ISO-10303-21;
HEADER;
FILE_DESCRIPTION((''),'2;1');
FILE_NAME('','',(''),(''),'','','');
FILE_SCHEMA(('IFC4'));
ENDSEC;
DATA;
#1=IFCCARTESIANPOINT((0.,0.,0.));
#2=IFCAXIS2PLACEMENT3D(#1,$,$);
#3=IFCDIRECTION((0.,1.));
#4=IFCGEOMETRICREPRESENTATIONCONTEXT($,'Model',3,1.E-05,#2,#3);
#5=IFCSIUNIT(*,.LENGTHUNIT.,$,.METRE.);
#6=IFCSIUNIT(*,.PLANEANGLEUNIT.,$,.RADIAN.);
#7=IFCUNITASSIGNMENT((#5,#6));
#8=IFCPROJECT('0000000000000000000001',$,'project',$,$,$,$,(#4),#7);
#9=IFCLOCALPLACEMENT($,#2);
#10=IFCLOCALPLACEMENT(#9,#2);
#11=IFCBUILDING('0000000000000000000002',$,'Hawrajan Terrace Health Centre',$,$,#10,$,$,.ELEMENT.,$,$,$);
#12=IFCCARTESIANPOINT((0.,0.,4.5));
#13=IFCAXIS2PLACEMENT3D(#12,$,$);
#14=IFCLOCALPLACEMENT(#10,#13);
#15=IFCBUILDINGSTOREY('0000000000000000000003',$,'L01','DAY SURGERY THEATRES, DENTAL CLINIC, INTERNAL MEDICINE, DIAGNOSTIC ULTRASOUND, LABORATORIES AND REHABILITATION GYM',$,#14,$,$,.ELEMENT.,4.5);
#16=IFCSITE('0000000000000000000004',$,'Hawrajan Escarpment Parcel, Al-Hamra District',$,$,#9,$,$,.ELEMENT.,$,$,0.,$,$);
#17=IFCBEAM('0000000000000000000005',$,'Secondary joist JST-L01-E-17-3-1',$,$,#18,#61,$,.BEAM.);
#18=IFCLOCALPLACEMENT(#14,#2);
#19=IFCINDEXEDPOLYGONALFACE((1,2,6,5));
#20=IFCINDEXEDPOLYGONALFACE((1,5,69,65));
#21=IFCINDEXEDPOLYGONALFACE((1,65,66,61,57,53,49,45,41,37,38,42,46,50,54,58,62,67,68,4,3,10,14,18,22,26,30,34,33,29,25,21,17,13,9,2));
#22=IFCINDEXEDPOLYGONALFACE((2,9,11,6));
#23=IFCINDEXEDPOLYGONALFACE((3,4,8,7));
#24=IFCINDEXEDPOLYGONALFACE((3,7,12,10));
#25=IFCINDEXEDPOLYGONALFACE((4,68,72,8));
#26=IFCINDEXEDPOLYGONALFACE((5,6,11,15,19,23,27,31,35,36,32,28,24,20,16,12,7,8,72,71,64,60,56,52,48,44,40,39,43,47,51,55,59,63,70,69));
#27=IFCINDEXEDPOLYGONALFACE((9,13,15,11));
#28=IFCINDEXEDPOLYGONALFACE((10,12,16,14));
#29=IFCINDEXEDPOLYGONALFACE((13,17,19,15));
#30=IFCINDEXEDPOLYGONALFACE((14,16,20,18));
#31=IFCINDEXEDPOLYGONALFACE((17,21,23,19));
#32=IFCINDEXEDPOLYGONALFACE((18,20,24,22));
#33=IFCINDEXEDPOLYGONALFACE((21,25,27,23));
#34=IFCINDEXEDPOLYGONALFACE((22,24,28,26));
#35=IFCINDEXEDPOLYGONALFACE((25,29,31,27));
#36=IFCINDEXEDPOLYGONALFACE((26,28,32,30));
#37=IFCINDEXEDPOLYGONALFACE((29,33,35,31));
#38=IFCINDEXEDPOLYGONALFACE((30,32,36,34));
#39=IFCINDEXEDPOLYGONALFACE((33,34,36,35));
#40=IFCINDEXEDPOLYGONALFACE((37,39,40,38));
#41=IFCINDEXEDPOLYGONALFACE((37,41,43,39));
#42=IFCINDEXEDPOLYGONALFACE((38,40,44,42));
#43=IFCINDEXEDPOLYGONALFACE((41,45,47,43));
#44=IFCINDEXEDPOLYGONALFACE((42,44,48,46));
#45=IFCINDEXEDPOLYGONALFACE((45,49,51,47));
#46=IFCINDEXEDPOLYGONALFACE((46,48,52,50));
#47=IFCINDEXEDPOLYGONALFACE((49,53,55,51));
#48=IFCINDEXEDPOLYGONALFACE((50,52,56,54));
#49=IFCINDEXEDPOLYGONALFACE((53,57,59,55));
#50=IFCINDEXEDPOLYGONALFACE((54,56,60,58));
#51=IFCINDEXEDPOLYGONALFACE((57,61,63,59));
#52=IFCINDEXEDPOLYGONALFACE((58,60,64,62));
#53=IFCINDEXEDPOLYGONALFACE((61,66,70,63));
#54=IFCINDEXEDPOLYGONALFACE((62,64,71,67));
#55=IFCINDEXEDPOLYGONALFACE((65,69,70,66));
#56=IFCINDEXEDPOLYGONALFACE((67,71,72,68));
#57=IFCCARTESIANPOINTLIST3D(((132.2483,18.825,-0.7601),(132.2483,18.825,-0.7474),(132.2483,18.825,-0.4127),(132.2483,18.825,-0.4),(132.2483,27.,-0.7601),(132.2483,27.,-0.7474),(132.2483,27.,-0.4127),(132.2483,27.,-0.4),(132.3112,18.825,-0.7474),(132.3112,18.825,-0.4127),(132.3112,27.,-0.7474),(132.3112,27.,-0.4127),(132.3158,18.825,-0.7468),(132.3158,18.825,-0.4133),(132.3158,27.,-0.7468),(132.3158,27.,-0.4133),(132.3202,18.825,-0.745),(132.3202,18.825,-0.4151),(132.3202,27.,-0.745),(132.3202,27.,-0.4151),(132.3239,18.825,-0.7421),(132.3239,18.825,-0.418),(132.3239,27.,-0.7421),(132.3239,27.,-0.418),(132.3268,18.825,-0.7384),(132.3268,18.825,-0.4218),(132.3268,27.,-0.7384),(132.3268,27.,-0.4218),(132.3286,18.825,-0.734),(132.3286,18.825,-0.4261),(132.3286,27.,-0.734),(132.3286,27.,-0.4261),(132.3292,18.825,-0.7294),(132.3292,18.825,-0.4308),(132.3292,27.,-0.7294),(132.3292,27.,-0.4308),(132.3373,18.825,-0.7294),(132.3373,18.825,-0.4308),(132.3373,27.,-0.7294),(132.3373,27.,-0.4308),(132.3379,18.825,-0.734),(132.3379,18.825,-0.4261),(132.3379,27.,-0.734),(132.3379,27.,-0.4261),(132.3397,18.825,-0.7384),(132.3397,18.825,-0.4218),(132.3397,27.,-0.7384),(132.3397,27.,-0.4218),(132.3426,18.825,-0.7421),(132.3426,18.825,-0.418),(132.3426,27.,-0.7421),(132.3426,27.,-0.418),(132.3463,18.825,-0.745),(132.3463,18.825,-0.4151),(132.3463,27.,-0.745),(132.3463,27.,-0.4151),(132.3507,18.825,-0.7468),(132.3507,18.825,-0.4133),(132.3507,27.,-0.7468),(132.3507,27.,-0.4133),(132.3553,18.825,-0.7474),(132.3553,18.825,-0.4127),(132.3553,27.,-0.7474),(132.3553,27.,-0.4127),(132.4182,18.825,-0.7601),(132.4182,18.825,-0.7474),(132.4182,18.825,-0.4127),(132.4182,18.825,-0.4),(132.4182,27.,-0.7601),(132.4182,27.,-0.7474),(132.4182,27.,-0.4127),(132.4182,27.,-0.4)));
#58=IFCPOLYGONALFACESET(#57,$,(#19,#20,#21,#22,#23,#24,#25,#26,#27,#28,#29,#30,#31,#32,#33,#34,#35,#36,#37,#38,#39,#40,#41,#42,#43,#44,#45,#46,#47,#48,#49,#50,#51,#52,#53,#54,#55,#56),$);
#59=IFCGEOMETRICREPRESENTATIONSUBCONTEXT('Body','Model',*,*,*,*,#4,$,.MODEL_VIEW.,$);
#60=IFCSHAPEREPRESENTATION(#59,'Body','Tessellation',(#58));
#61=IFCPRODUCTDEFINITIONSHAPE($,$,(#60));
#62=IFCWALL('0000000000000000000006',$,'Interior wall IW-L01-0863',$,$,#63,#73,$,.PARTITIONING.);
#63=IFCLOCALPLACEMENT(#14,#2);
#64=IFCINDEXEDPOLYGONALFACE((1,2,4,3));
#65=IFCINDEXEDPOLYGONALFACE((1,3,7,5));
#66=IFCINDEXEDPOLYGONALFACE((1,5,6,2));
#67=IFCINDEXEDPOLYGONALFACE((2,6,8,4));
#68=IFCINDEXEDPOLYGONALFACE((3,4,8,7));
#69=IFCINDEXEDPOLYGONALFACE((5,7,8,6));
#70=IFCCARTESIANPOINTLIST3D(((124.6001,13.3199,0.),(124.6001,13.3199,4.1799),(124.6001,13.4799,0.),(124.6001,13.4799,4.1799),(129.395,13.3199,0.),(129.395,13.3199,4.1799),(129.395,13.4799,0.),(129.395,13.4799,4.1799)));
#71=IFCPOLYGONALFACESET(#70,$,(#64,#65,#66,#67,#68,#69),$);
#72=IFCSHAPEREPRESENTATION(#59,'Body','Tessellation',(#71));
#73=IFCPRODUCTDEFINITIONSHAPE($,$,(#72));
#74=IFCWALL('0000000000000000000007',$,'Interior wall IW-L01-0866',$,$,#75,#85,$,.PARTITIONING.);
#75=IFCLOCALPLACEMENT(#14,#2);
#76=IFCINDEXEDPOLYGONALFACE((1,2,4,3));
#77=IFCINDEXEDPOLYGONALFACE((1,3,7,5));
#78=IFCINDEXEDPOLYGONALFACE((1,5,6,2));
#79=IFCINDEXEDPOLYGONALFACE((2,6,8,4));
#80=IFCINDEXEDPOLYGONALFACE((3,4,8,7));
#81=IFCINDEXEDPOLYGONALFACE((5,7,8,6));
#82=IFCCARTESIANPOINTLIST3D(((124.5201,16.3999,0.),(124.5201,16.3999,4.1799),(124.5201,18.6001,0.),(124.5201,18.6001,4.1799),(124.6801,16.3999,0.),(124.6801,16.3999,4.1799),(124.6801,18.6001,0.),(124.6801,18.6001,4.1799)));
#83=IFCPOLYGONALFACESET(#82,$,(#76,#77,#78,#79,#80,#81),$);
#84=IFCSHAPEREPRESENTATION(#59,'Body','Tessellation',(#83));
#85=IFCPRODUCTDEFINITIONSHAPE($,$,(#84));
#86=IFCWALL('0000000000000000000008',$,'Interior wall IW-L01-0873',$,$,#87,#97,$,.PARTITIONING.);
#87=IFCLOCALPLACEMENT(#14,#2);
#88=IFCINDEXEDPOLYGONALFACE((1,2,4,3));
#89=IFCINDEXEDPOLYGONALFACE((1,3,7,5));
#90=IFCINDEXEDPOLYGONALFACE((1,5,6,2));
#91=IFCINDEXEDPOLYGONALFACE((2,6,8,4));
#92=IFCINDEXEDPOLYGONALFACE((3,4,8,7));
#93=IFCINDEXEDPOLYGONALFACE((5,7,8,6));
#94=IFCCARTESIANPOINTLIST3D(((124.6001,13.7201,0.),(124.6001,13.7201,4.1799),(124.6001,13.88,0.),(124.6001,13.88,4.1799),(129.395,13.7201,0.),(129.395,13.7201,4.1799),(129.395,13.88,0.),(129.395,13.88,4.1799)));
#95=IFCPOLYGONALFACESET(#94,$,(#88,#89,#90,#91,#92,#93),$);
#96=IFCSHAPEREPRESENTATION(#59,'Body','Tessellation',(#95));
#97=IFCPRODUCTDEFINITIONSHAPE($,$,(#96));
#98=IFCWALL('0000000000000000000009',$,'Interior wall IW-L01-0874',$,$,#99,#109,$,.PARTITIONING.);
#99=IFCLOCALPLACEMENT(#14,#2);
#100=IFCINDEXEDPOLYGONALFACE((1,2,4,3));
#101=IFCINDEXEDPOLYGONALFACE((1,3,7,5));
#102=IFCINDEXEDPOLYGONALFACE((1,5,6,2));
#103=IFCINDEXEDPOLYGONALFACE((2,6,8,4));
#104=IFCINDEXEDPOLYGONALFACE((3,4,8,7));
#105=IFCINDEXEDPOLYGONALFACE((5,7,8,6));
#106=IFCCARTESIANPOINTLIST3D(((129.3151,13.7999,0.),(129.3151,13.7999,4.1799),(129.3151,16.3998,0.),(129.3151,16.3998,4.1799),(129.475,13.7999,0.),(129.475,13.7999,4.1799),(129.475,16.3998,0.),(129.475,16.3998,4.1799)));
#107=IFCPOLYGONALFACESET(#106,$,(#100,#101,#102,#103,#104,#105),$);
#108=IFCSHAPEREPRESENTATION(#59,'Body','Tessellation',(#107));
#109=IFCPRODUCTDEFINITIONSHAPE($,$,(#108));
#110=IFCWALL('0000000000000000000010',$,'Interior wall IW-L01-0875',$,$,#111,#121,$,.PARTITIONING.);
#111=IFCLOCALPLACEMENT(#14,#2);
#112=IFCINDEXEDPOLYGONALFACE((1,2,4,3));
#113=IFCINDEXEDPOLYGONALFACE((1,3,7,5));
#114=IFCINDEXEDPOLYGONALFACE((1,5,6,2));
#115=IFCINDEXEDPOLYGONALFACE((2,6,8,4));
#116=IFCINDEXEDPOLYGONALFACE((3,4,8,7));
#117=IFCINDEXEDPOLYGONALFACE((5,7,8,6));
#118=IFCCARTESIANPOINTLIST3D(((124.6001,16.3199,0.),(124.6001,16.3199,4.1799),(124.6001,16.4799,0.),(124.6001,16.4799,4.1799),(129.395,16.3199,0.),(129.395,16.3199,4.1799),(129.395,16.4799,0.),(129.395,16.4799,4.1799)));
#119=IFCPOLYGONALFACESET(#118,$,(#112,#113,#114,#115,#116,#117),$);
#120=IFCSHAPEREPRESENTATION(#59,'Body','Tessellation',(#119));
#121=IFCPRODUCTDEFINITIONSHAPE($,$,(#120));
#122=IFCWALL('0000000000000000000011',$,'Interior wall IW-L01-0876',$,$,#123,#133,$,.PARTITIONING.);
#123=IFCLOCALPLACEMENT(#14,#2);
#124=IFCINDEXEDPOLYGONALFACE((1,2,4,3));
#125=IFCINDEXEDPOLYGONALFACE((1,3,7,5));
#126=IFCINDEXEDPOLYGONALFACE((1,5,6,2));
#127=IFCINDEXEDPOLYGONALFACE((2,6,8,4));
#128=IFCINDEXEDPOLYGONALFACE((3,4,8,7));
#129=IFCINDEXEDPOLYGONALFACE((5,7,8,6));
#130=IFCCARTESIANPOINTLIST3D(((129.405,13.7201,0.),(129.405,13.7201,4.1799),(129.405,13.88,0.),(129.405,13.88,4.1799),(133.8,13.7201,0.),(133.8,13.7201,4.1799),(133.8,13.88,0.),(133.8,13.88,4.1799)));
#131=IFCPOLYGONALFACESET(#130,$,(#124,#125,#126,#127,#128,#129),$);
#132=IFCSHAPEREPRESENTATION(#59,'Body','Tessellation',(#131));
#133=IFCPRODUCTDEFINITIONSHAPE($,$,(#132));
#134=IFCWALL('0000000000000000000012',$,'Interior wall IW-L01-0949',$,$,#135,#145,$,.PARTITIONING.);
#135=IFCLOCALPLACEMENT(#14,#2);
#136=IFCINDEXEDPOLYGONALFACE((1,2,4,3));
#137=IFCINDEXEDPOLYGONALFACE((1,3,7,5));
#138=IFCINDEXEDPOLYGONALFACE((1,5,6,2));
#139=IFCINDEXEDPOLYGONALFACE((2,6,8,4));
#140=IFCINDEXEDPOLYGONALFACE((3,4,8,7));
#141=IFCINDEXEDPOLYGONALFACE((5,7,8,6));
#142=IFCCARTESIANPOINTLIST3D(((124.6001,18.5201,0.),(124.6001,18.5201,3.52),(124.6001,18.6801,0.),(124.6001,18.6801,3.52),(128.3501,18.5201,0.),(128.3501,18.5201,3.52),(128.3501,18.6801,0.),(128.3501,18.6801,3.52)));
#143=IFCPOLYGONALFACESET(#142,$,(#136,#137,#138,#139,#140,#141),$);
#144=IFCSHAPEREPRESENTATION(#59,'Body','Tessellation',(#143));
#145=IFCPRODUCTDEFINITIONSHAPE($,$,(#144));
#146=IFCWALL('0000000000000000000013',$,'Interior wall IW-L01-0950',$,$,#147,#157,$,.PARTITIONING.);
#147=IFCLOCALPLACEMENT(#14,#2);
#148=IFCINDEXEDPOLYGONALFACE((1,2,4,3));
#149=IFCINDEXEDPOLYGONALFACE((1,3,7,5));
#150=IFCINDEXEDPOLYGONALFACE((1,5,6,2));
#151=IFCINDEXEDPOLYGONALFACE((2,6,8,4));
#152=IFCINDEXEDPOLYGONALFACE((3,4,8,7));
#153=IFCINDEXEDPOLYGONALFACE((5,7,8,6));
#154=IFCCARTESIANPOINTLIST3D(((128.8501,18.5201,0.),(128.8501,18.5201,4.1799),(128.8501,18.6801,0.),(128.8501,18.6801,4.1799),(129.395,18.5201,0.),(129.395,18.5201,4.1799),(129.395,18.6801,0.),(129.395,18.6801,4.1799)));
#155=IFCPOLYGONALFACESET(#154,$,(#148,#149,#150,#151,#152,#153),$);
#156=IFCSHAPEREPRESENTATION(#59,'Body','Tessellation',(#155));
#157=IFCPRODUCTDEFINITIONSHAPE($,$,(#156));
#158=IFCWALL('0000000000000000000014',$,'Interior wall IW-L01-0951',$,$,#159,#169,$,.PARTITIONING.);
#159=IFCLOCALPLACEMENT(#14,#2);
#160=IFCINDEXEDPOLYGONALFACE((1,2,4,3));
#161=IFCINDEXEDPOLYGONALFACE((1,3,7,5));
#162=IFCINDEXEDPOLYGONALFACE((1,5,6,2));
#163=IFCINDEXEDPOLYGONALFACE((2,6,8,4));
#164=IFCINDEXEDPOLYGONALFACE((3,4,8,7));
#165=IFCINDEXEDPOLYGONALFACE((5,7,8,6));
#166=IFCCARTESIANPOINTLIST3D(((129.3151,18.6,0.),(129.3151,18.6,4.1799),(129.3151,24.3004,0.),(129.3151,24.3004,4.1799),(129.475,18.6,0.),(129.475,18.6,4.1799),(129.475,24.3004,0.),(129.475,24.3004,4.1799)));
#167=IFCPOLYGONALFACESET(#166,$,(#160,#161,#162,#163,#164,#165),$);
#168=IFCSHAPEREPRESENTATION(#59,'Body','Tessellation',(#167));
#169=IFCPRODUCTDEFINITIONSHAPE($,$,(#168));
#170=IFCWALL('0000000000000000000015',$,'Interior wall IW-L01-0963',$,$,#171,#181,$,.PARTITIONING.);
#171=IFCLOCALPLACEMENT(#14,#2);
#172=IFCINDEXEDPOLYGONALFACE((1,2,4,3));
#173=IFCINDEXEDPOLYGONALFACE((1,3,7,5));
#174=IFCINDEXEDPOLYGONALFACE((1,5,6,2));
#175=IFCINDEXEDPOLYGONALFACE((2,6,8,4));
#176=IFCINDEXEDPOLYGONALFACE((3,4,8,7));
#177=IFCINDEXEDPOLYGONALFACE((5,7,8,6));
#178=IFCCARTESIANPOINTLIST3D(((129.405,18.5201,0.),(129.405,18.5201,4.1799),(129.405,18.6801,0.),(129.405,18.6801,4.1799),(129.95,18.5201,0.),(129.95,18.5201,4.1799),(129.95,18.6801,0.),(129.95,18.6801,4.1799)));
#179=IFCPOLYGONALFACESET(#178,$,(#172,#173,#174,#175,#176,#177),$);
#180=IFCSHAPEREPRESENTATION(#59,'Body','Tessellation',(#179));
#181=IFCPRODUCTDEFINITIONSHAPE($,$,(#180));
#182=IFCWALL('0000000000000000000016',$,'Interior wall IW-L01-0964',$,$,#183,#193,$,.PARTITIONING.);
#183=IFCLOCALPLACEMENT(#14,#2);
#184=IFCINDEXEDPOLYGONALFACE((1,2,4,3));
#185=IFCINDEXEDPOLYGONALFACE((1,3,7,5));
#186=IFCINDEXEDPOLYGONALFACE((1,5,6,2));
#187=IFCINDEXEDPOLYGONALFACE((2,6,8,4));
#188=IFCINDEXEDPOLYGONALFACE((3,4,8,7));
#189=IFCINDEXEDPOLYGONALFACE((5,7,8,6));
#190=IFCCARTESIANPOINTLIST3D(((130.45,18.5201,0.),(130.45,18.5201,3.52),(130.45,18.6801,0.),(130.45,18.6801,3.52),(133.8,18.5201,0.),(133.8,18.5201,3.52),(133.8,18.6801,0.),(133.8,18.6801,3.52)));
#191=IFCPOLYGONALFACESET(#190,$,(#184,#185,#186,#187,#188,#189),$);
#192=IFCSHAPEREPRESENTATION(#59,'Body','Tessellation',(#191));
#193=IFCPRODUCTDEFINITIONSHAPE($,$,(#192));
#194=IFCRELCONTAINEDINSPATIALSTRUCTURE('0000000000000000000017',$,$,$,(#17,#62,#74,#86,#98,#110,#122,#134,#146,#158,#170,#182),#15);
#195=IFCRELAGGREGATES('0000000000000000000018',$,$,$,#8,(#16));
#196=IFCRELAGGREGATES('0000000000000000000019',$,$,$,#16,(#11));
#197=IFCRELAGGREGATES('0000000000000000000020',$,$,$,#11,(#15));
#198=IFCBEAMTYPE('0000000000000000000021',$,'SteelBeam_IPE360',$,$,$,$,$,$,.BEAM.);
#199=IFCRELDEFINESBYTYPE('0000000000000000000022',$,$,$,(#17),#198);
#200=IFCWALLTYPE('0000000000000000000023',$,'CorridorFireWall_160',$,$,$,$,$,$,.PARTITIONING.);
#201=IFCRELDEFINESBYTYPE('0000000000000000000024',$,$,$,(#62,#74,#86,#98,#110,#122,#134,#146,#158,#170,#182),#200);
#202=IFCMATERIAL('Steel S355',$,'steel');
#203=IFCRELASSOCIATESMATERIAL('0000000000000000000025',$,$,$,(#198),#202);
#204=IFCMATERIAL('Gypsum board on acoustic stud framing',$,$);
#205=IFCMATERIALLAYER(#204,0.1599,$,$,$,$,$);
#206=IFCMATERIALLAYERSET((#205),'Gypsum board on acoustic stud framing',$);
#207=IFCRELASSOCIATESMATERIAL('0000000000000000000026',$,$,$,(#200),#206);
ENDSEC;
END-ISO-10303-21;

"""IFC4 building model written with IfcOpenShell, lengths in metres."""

from ifc_helpers import new_model, si_unit, direction, frame, frame_2d, origin, origin_2d, place, context, subcontext, project, spatial, rectangle, i_section, extrude, material, layer, layer_set, material_profile, profile_set, type_object, element, save


model = new_model("IFC4")

# Units and contexts
model_context = context("Model", 3, precision=1e-05, world=origin(), true_north=direction((0.0, 1.0)))
body_context = subcontext(model_context, "Body", "Model", "MODEL_VIEW")
ifc_project = project(units=[si_unit("LENGTHUNIT", "METRE"), si_unit("PLANEANGLEUNIT", "RADIAN")], contexts=[model_context])

# Site, building, storey
site_placement = place(None, origin())
site = spatial("IfcSite", under=ifc_project, at=site_placement, Name="Hawrajan Escarpment Parcel, Al-Hamra District", CompositionType="ELEMENT", RefElevation=0.0)
building_placement = place(site_placement, origin())
building = spatial("IfcBuilding", under=site, at=building_placement, Name="Hawrajan Terrace Health Centre", CompositionType="ELEMENT")
storey_placement = place(building_placement, frame((0.0, 0.0, 4.5)))
storey = spatial("IfcBuildingStorey", under=building, at=storey_placement, Name="L01", Description="DAY SURGERY THEATRES, DENTAL CLINIC, INTERNAL MEDICINE, DIAGNOSTIC ULTRASOUND, LABORATORIES AND REHABILITATION GYM", CompositionType="ELEMENT", Elevation=4.5)

# Beam
ifc_material_1 = material(Name="Steel S355", Category="steel")
ifc_material_profile_1 = material_profile(ifc_material_1, i_section(OverallWidth=0.1699, OverallDepth=0.3601, WebThickness=0.0081, FlangeThickness=0.0127, FilletRadius=0.0181, at=origin_2d()), Name="IPE 360")
ifc_profile_set_1 = profile_set([ifc_material_profile_1], Name="Steel S355")
beam_type_1 = type_object("IfcBeamType", Name="SteelBeam_IPE360", PredefinedType="BEAM", material=ifc_profile_set_1)
beam_1_placement = place(storey_placement, frame((132.3333, 18.825, -0.5801), z_axis=(0.0, 1.0, 0.0), x_axis=(-1.0, 0.0, 0.0)))
element("IfcBeam", 1, at=beam_1_placement, inside=storey, type_object=beam_type_1, Name="Secondary joist JST-L01-E-17-3-1", PredefinedType="BEAM", context=body_context, shape_type="SweptSolid", body=[
    extrude(i_section(OverallWidth=0.1699, OverallDepth=0.3601, WebThickness=0.0081, FlangeThickness=0.0127, FilletRadius=0.0181, at=origin_2d()), origin(), (0.0, 0.0, 1.0), 8.175),
])

# Shared definitions
ifc_material_2 = material(Name="Gypsum board on acoustic stud framing")

# Walls
ifc_layer_1 = layer(ifc_material_2, 0.1599)
ifc_layer_set_1 = layer_set([ifc_layer_1], Name="Gypsum board on acoustic stud framing")
wall_type_1 = type_object("IfcWallType", Name="CorridorFireWall_160", PredefinedType="PARTITIONING", material=ifc_layer_set_1)
wall_1_placement = place(storey_placement, frame((129.395, 13.3999, 0.0), z_axis=(0.0, 0.0, 1.0), x_axis=(-1.0, 0.0, 0.0)))
element("IfcWall", 2, at=wall_1_placement, inside=storey, type_object=wall_type_1, Name="Interior wall IW-L01-0863", PredefinedType="PARTITIONING", context=body_context, shape_type="SweptSolid", body=[
    extrude(rectangle(XDim=4.7949, YDim=0.1599, at=frame_2d((2.3975, 0.0))), origin(), (0.0, 0.0, 1.0), 4.1799),
])
wall_2_placement = place(storey_placement, frame((124.6001, 16.3999, 0.0), z_axis=(0.0, 0.0, 1.0), x_axis=(0.0, 1.0, 0.0)))
element("IfcWall", 3, at=wall_2_placement, inside=storey, type_object=wall_type_1, Name="Interior wall IW-L01-0866", PredefinedType="PARTITIONING", context=body_context, shape_type="SweptSolid", body=[
    extrude(rectangle(XDim=2.2002, YDim=0.1599, at=frame_2d((1.1001, 0.0))), origin(), (0.0, 0.0, 1.0), 4.1799),
])
wall_3_placement = place(storey_placement, frame((124.6001, 13.8, 0.0), z_axis=(0.0, 0.0, 1.0), x_axis=(1.0, 0.0, 0.0)))
element("IfcWall", 4, at=wall_3_placement, inside=storey, type_object=wall_type_1, Name="Interior wall IW-L01-0873", PredefinedType="PARTITIONING", context=body_context, shape_type="SweptSolid", body=[
    extrude(rectangle(XDim=4.7949, YDim=0.1599, at=frame_2d((2.3975, 0.0))), origin(), (0.0, 0.0, 1.0), 4.1799),
])
wall_4_placement = place(storey_placement, frame((129.395, 13.8, 0.0), z_axis=(0.0, 0.0, 1.0), x_axis=(0.0, 1.0, 0.0)))
element("IfcWall", 5, at=wall_4_placement, inside=storey, type_object=wall_type_1, Name="Interior wall IW-L01-0874", PredefinedType="PARTITIONING", context=body_context, shape_type="SweptSolid", body=[
    extrude(rectangle(XDim=2.5999, YDim=0.1599, at=frame_2d((1.2998, 0.0))), origin(), (0.0, 0.0, 1.0), 4.1799),
])
wall_5_placement = place(storey_placement, frame((129.395, 16.3999, 0.0), z_axis=(0.0, 0.0, 1.0), x_axis=(-1.0, 0.0, 0.0)))
element("IfcWall", 6, at=wall_5_placement, inside=storey, type_object=wall_type_1, Name="Interior wall IW-L01-0875", PredefinedType="PARTITIONING", context=body_context, shape_type="SweptSolid", body=[
    extrude(rectangle(XDim=4.7949, YDim=0.1599, at=frame_2d((2.3975, 0.0))), origin(), (0.0, 0.0, 1.0), 4.1799),
])
wall_6_placement = place(storey_placement, frame((129.405, 13.8, 0.0), z_axis=(0.0, 0.0, 1.0), x_axis=(1.0, 0.0, 0.0)))
element("IfcWall", 7, at=wall_6_placement, inside=storey, type_object=wall_type_1, Name="Interior wall IW-L01-0876", PredefinedType="PARTITIONING", context=body_context, shape_type="SweptSolid", body=[
    extrude(rectangle(XDim=4.395, YDim=0.1599, at=frame_2d((2.1975, 0.0))), origin(), (0.0, 0.0, 1.0), 4.1799),
])
wall_7_placement = place(storey_placement, frame((124.6001, 18.6001, 0.0), z_axis=(0.0, 0.0, 1.0), x_axis=(1.0, 0.0, 0.0)))
element("IfcWall", 8, at=wall_7_placement, inside=storey, type_object=wall_type_1, Name="Interior wall IW-L01-0949", PredefinedType="PARTITIONING", context=body_context, shape_type="SweptSolid", body=[
    extrude(rectangle(XDim=3.75, YDim=0.1599, at=frame_2d((1.875, 0.0))), origin(), (0.0, 0.0, 1.0), 3.52),
])
wall_8_placement = place(storey_placement, frame((128.8501, 18.6001, 0.0), z_axis=(0.0, 0.0, 1.0), x_axis=(1.0, 0.0, 0.0)))
element("IfcWall", 9, at=wall_8_placement, inside=storey, type_object=wall_type_1, Name="Interior wall IW-L01-0950", PredefinedType="PARTITIONING", context=body_context, shape_type="SweptSolid", body=[
    extrude(rectangle(XDim=0.5449, YDim=0.1599, at=frame_2d((0.2725, 0.0))), origin(), (0.0, 0.0, 1.0), 4.1799),
])
wall_9_placement = place(storey_placement, frame((129.395, 18.6001, 0.0), z_axis=(0.0, 0.0, 1.0), x_axis=(0.0, 1.0, 0.0)))
element("IfcWall", 10, at=wall_9_placement, inside=storey, type_object=wall_type_1, Name="Interior wall IW-L01-0951", PredefinedType="PARTITIONING", context=body_context, shape_type="SweptSolid", body=[
    extrude(rectangle(XDim=5.7004, YDim=0.1599, at=frame_2d((2.8501, 0.0))), origin(), (0.0, 0.0, 1.0), 4.1799),
])
wall_10_placement = place(storey_placement, frame((129.405, 18.6001, 0.0), z_axis=(0.0, 0.0, 1.0), x_axis=(1.0, 0.0, 0.0)))
element("IfcWall", 11, at=wall_10_placement, inside=storey, type_object=wall_type_1, Name="Interior wall IW-L01-0963", PredefinedType="PARTITIONING", context=body_context, shape_type="SweptSolid", body=[
    extrude(rectangle(XDim=0.5449, YDim=0.1599, at=frame_2d((0.2725, 0.0))), origin(), (0.0, 0.0, 1.0), 4.1799),
])
wall_11_placement = place(storey_placement, frame((130.45, 18.6001, 0.0), z_axis=(0.0, 0.0, 1.0), x_axis=(1.0, 0.0, 0.0)))
element("IfcWall", 12, at=wall_11_placement, inside=storey, type_object=wall_type_1, Name="Interior wall IW-L01-0964", PredefinedType="PARTITIONING", context=body_context, shape_type="SweptSolid", body=[
    extrude(rectangle(XDim=3.3501, YDim=0.1599, at=frame_2d((1.675, 0.0))), origin(), (0.0, 0.0, 1.0), 3.52),
])

save(model, "model.ifc")
